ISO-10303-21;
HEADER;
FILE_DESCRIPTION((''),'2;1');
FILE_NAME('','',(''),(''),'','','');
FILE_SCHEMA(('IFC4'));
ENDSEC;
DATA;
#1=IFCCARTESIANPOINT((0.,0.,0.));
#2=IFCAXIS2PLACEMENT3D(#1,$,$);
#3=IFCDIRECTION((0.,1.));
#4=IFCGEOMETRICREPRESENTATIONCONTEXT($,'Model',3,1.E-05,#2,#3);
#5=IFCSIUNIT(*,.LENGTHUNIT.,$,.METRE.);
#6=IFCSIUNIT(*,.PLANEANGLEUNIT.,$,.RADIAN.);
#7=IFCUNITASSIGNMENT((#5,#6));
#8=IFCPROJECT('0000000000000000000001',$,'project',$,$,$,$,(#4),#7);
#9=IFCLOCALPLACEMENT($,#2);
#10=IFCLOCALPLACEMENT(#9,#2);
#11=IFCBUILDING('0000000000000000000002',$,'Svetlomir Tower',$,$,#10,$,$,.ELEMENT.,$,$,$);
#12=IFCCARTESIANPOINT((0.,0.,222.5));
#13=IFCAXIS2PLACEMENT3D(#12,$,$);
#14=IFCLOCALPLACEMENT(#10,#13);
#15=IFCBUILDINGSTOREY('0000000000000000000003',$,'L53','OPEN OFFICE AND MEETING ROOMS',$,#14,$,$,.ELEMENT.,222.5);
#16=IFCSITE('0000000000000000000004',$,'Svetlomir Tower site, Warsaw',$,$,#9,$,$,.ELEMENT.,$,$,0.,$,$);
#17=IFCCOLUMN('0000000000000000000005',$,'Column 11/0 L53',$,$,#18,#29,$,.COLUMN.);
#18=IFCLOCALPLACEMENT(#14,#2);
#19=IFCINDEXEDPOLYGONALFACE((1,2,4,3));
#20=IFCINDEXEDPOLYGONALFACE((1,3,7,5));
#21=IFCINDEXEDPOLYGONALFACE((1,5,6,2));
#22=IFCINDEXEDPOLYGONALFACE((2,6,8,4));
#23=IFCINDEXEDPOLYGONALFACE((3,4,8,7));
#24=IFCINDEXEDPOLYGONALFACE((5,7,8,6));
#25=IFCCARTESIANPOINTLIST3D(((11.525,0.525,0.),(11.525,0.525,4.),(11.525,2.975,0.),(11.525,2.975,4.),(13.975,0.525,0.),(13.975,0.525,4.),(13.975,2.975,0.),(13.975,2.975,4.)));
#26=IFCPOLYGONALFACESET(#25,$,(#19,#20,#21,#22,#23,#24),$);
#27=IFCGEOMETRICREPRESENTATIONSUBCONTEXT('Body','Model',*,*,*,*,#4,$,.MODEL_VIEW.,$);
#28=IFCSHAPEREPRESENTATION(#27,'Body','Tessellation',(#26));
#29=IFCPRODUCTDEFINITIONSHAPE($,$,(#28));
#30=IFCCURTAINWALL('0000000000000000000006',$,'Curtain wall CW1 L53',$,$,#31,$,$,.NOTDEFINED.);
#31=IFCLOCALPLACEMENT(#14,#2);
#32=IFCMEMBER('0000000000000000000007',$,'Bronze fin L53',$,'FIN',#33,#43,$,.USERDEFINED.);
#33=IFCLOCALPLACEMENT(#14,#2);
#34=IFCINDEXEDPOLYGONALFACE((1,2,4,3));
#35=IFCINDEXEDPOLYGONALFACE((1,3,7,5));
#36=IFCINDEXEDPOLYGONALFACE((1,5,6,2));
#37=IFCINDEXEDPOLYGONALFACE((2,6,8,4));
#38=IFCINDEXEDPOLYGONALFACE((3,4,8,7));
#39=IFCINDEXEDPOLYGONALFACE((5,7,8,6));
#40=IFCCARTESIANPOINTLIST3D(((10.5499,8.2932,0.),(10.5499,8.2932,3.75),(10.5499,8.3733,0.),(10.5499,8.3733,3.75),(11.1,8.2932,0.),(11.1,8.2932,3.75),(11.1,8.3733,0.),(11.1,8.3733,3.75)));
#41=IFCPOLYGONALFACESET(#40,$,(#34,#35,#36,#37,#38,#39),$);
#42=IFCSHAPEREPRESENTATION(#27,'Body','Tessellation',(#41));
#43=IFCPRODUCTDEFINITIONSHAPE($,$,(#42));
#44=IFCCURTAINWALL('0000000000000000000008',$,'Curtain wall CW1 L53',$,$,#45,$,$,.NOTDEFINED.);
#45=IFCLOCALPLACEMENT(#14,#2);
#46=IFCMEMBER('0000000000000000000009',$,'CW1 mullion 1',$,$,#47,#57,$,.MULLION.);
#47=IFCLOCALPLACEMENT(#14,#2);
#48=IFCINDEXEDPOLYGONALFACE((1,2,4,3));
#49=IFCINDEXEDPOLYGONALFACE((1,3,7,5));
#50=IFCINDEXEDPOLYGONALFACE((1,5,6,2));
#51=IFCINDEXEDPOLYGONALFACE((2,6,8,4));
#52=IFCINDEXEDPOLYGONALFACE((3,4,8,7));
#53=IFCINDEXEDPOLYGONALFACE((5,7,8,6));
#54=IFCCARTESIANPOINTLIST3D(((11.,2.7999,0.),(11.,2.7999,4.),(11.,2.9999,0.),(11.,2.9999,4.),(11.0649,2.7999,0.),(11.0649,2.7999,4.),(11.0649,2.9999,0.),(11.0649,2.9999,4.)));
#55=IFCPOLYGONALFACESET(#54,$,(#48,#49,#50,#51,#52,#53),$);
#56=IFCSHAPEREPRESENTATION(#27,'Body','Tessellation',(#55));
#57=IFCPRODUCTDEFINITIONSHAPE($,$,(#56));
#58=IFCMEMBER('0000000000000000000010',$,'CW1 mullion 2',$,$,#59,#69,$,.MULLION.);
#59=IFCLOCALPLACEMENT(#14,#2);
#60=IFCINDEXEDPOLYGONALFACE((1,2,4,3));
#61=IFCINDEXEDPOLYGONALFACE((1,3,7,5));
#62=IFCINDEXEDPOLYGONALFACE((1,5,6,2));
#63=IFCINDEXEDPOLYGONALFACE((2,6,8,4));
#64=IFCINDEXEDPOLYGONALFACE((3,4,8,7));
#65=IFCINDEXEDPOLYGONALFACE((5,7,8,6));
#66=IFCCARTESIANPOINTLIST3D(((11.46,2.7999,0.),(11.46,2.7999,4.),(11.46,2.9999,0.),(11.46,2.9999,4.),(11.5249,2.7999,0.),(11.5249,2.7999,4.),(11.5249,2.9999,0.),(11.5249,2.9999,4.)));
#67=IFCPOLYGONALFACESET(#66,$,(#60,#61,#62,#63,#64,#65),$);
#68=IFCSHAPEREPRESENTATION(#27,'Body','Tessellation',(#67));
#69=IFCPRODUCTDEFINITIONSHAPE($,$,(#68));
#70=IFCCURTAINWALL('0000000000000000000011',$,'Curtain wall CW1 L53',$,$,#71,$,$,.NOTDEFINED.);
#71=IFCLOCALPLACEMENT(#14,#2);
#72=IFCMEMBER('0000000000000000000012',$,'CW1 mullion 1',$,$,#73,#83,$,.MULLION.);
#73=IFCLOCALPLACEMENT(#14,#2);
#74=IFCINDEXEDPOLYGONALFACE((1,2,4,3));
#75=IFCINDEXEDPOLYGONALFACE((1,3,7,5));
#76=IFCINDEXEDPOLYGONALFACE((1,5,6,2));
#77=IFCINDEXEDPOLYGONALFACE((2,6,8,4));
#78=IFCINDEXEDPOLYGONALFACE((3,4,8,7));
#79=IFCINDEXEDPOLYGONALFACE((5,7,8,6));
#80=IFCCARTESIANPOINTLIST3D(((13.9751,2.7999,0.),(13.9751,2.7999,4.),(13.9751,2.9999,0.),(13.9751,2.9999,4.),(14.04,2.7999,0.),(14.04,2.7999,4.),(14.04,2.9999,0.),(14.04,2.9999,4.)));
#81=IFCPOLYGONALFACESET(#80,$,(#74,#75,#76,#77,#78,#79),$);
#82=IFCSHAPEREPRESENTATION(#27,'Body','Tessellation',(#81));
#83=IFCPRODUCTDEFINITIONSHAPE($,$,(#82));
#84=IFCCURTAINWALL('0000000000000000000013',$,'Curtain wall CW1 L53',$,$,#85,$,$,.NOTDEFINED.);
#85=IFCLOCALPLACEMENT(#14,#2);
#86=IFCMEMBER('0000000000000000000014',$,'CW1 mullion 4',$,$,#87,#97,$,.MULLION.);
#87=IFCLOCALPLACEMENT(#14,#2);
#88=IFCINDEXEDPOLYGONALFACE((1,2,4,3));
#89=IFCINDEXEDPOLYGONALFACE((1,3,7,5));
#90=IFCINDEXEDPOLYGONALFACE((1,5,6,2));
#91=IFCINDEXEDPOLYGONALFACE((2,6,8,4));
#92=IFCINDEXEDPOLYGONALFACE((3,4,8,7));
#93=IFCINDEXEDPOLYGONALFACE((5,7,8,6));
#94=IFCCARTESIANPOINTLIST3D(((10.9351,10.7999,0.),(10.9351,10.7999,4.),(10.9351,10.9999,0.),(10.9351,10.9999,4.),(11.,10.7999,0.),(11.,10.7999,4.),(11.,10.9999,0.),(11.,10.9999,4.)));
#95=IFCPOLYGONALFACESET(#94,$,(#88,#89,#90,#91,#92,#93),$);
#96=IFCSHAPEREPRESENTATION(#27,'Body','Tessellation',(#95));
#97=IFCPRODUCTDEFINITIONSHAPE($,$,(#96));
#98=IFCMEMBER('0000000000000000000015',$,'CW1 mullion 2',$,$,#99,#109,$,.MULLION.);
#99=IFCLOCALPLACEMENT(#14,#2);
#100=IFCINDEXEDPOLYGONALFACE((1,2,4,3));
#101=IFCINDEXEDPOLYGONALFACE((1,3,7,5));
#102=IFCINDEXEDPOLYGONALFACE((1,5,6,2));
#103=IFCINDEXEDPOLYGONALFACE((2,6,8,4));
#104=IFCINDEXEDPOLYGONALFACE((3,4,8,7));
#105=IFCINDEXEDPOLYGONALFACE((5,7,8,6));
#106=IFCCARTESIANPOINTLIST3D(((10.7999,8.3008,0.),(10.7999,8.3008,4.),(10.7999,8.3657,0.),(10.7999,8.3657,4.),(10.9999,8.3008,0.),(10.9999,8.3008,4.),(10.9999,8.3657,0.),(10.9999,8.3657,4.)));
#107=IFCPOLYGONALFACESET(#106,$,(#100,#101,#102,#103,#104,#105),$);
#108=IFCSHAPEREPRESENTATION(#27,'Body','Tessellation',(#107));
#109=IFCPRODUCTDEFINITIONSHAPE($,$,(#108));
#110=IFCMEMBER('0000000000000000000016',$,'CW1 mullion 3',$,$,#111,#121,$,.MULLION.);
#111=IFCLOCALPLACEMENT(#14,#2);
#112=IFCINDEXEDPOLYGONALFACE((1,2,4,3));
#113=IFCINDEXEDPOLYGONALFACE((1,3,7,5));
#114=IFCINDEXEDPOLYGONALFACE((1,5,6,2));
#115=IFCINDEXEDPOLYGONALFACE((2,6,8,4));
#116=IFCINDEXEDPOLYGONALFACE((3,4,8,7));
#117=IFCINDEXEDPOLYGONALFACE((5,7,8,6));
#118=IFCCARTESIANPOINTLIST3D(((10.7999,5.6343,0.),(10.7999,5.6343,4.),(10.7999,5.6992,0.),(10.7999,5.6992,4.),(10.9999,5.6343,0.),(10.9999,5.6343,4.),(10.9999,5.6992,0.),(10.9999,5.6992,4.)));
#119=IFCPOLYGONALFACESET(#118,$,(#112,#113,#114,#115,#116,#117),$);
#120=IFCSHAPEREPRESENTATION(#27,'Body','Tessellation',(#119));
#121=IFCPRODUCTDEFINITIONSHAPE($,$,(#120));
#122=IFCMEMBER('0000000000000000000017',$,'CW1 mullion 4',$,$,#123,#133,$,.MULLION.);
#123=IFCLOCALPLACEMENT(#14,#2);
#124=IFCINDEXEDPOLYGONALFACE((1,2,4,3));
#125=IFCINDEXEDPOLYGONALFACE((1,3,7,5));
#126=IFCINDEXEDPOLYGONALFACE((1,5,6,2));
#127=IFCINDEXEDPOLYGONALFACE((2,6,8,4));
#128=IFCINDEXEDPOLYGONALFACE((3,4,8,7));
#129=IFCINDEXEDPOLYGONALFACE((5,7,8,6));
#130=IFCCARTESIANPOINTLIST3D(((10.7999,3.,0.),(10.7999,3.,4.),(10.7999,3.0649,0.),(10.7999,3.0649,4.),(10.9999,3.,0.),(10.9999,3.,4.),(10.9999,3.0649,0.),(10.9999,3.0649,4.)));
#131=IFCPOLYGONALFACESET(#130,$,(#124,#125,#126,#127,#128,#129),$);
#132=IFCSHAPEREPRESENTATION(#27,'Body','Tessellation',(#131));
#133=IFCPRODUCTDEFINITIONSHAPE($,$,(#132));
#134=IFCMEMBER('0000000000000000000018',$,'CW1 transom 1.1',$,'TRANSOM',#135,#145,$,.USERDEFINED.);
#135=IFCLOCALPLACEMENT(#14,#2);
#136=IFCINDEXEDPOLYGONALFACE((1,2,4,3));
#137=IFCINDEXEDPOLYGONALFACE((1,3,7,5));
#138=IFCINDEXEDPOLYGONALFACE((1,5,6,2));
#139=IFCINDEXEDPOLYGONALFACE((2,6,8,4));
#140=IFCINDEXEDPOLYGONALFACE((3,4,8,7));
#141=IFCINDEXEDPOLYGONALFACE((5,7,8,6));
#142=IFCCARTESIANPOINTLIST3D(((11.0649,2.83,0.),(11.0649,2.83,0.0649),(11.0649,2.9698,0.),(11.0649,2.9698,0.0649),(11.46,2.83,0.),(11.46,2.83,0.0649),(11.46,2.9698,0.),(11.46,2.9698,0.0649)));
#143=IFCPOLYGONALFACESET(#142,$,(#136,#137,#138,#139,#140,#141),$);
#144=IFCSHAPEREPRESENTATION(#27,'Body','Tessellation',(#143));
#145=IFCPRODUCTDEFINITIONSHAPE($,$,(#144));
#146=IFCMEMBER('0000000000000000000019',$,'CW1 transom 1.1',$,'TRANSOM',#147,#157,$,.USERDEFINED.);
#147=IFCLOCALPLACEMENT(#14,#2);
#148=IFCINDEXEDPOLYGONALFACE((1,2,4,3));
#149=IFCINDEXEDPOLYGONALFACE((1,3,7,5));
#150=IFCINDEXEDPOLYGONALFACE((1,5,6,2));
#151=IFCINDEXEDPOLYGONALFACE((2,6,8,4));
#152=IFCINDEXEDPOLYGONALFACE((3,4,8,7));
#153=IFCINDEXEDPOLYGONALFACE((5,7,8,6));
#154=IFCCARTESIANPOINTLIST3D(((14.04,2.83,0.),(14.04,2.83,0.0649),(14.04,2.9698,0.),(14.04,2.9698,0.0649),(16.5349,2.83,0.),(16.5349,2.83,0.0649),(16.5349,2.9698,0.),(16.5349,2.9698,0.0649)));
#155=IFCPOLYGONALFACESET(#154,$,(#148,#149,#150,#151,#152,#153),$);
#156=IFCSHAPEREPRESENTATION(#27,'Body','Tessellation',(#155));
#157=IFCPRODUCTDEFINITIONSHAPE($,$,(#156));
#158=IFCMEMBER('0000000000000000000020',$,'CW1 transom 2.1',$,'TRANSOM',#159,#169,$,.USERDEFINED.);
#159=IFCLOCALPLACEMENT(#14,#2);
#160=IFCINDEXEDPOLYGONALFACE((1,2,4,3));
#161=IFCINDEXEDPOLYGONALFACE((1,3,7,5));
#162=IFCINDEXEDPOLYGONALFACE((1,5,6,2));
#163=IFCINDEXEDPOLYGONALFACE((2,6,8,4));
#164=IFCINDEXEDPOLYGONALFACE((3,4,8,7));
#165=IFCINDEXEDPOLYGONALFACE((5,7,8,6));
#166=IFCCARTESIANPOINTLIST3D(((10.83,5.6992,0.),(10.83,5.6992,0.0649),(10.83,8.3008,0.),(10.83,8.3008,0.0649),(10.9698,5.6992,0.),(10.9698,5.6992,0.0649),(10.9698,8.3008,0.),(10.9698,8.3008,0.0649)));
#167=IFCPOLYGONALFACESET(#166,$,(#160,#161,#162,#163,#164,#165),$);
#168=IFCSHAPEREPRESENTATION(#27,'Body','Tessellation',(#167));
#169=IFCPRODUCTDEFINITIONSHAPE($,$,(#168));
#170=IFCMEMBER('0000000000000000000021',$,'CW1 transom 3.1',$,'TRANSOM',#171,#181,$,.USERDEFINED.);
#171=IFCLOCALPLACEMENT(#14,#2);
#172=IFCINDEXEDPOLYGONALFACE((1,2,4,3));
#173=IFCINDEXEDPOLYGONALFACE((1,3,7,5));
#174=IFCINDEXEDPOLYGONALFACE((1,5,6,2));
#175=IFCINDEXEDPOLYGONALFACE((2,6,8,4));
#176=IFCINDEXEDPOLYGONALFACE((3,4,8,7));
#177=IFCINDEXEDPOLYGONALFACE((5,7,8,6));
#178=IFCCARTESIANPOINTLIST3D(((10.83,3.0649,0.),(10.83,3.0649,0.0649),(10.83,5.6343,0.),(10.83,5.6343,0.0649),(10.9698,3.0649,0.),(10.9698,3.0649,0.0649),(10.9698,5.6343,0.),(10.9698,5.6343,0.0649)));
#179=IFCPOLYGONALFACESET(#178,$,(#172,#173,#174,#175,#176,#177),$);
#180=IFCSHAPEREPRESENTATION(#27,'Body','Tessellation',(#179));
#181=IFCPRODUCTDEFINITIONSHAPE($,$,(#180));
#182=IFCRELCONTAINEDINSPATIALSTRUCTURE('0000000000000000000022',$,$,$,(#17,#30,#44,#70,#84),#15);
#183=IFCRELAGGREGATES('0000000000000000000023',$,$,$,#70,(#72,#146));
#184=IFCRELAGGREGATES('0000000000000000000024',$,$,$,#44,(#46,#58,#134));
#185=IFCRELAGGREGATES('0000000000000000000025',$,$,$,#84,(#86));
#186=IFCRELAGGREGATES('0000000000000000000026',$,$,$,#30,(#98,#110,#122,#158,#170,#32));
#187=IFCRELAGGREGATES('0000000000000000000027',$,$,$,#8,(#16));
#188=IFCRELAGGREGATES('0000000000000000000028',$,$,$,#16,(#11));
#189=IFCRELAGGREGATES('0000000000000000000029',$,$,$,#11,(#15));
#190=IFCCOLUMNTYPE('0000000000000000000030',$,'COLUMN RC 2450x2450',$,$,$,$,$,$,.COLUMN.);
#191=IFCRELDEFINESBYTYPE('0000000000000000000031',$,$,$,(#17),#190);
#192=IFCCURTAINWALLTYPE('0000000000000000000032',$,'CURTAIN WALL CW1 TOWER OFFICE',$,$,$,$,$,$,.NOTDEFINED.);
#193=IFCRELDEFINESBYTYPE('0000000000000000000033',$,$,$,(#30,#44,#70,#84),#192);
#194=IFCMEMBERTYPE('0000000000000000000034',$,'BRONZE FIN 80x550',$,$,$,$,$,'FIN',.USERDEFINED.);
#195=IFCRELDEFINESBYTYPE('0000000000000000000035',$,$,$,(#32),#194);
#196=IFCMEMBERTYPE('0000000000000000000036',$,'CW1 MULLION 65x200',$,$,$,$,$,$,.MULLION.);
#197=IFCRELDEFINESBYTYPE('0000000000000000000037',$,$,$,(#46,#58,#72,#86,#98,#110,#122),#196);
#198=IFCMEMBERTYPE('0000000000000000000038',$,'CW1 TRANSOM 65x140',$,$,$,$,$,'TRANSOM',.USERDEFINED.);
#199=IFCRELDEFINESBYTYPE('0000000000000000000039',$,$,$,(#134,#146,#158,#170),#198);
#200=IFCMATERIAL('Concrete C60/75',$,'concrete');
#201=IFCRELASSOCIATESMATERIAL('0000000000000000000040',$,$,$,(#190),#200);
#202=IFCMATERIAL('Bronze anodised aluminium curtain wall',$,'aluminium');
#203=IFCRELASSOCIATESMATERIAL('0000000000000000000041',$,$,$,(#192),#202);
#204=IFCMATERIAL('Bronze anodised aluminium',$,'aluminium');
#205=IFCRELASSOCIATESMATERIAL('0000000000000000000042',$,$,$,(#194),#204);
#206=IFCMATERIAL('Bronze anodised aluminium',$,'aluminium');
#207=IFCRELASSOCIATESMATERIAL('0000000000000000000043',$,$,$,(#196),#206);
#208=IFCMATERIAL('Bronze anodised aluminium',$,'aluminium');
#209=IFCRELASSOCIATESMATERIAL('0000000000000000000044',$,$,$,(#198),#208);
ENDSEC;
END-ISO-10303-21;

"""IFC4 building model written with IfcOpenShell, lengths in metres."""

from ifc_helpers import new_model, si_unit, direction, frame, origin, origin_2d, place, context, subcontext, project, spatial, rectangle, extrude, material, material_profile, profile_set, type_object, element, aggregate, save


model = new_model("IFC4")

# Units and contexts
model_context = context("Model", 3, precision=1e-05, world=origin(), true_north=direction((0.0, 1.0)))
body_context = subcontext(model_context, "Body", "Model", "MODEL_VIEW")
ifc_project = project(units=[si_unit("LENGTHUNIT", "METRE"), si_unit("PLANEANGLEUNIT", "RADIAN")], contexts=[model_context])

# Site, building, storey
site_placement = place(None, origin())
site = spatial("IfcSite", under=ifc_project, at=site_placement, Name="Svetlomir Tower site, Warsaw", CompositionType="ELEMENT", RefElevation=0.0)
building_placement = place(site_placement, origin())
building = spatial("IfcBuilding", under=site, at=building_placement, Name="Svetlomir Tower", CompositionType="ELEMENT")
storey_placement = place(building_placement, frame((0.0, 0.0, 222.5)))
storey = spatial("IfcBuildingStorey", under=building, at=storey_placement, Name="L53", Description="OPEN OFFICE AND MEETING ROOMS", CompositionType="ELEMENT", Elevation=222.5)

# Column
ifc_material_1 = material(Name="Concrete C60/75", Category="concrete")
ifc_material_profile_1 = material_profile(ifc_material_1, rectangle(XDim=2.45, YDim=2.45, at=origin_2d()), Name="RC 2450x2450")
ifc_profile_set_1 = profile_set([ifc_material_profile_1], Name="Concrete C60/75")
column_type = type_object("IfcColumnType", Name="COLUMN RC 2450x2450", PredefinedType="COLUMN", material=ifc_profile_set_1)
column_placement = place(storey_placement, frame((12.75, 1.75, 0.0), z_axis=(0.0, 0.0, 1.0), x_axis=(1.0, 0.0, 0.0)))
element("IfcColumn", 1, at=column_placement, inside=storey, type_object=column_type, Name="Column 11/0 L53", PredefinedType="COLUMN", context=body_context, shape_type="SweptSolid", body=[
    extrude(rectangle(XDim=2.45, YDim=2.45, at=origin_2d()), origin(), (0.0, 0.0, 1.0), 4.0),
])

# Curtain wall, member
ifc_material_2 = material(Name="Bronze anodised aluminium curtain wall", Category="aluminium")
curtain_wall_type = type_object("IfcCurtainWallType", Name="CURTAIN WALL CW1 TOWER OFFICE", PredefinedType="NOTDEFINED", material=ifc_material_2)
curtain_wall_1_placement = place(storey_placement, origin())
curtain_wall_1 = element("IfcCurtainWall", 2, at=curtain_wall_1_placement, inside=storey, type_object=curtain_wall_type, Name="Curtain wall CW1 L53", PredefinedType="NOTDEFINED")
ifc_material_3 = material(Name="Bronze anodised aluminium", Category="aluminium")
ifc_material_profile_2 = material_profile(ifc_material_3, rectangle(XDim=0.0801, YDim=0.55, at=origin_2d()), Name="FIN 80x550")
ifc_profile_set_2 = profile_set([ifc_material_profile_2], Name="Bronze anodised aluminium 6063-T6")
member_type_1 = type_object("IfcMemberType", Name="BRONZE FIN 80x550", ElementType="FIN", PredefinedType="USERDEFINED", material=ifc_profile_set_2)
member_1_placement = place(storey_placement, frame((10.825, 8.3333, 0.0), z_axis=(0.0, 0.0, 1.0), x_axis=(0.0, 1.0, 0.0)))
member_1 = element("IfcMember", 3, at=member_1_placement, type_object=member_type_1, Name="Bronze fin L53", ObjectType="FIN", PredefinedType="USERDEFINED", context=body_context, shape_type="SweptSolid", body=[
    extrude(rectangle(XDim=0.0801, YDim=0.55, at=origin_2d()), origin(), (0.0, 0.0, 1.0), 3.75),
])

# Curtain wall, members
curtain_wall_2_placement = place(storey_placement, origin())
curtain_wall_2 = element("IfcCurtainWall", 4, at=curtain_wall_2_placement, inside=storey, type_object=curtain_wall_type, Name="Curtain wall CW1 L53", PredefinedType="NOTDEFINED")
ifc_material_4 = material(Name="Bronze anodised aluminium", Category="aluminium")
ifc_material_profile_3 = material_profile(ifc_material_4, rectangle(XDim=0.0649, YDim=0.2, at=origin_2d()), Name="AL 65x200")
ifc_profile_set_3 = profile_set([ifc_material_profile_3], Name="Bronze anodised aluminium 6063-T6")
member_type_2 = type_object("IfcMemberType", Name="CW1 MULLION 65x200", PredefinedType="MULLION", material=ifc_profile_set_3)
member_2_placement = place(storey_placement, frame((11.0325, 2.8999, 0.0), z_axis=(0.0, 0.0, 1.0), x_axis=(1.0, 0.0, 0.0)))
member_2 = element("IfcMember", 5, at=member_2_placement, type_object=member_type_2, Name="CW1 mullion 1", PredefinedType="MULLION", context=body_context, shape_type="SweptSolid", body=[
    extrude(rectangle(XDim=0.0649, YDim=0.2, at=origin_2d()), origin(), (0.0, 0.0, 1.0), 4.0),
])
member_3_placement = place(storey_placement, frame((11.4924, 2.8999, 0.0), z_axis=(0.0, 0.0, 1.0), x_axis=(1.0, 0.0, 0.0)))
member_3 = element("IfcMember", 6, at=member_3_placement, type_object=member_type_2, Name="CW1 mullion 2", PredefinedType="MULLION", context=body_context, shape_type="SweptSolid", body=[
    extrude(rectangle(XDim=0.0649, YDim=0.2, at=origin_2d()), origin(), (0.0, 0.0, 1.0), 4.0),
])

# Curtain walls, members
curtain_wall_3_placement = place(storey_placement, origin())
curtain_wall_3 = element("IfcCurtainWall", 7, at=curtain_wall_3_placement, inside=storey, type_object=curtain_wall_type, Name="Curtain wall CW1 L53", PredefinedType="NOTDEFINED")
member_4_placement = place(storey_placement, frame((14.0076, 2.8999, 0.0), z_axis=(0.0, 0.0, 1.0), x_axis=(1.0, 0.0, 0.0)))
member_4 = element("IfcMember", 8, at=member_4_placement, type_object=member_type_2, Name="CW1 mullion 1", PredefinedType="MULLION", context=body_context, shape_type="SweptSolid", body=[
    extrude(rectangle(XDim=0.0649, YDim=0.2, at=origin_2d()), origin(), (0.0, 0.0, 1.0), 4.0),
])
curtain_wall_4_placement = place(storey_placement, origin())
curtain_wall_4 = element("IfcCurtainWall", 9, at=curtain_wall_4_placement, inside=storey, type_object=curtain_wall_type, Name="Curtain wall CW1 L53", PredefinedType="NOTDEFINED")
member_5_placement = place(storey_placement, frame((10.9675, 10.8999, 0.0), z_axis=(0.0, 0.0, 1.0), x_axis=(1.0, 0.0, 0.0)))
member_5 = element("IfcMember", 10, at=member_5_placement, type_object=member_type_2, Name="CW1 mullion 4", PredefinedType="MULLION", context=body_context, shape_type="SweptSolid", body=[
    extrude(rectangle(XDim=0.0649, YDim=0.2, at=origin_2d()), origin(), (0.0, 0.0, 1.0), 4.0),
])

# Members
member_6_placement = place(storey_placement, frame((10.8999, 8.3333, 0.0), z_axis=(0.0, 0.0, 1.0), x_axis=(0.0, -1.0, 0.0)))
member_6 = element("IfcMember", 11, at=member_6_placement, type_object=member_type_2, Name="CW1 mullion 2", PredefinedType="MULLION", context=body_context, shape_type="SweptSolid", body=[
    extrude(rectangle(XDim=0.0649, YDim=0.2, at=origin_2d()), origin(), (0.0, 0.0, 1.0), 4.0),
])
member_7_placement = place(storey_placement, frame((10.8999, 5.6667, 0.0), z_axis=(0.0, 0.0, 1.0), x_axis=(0.0, -1.0, 0.0)))
member_7 = element("IfcMember", 12, at=member_7_placement, type_object=member_type_2, Name="CW1 mullion 3", PredefinedType="MULLION", context=body_context, shape_type="SweptSolid", body=[
    extrude(rectangle(XDim=0.0649, YDim=0.2, at=origin_2d()), origin(), (0.0, 0.0, 1.0), 4.0),
])
member_8_placement = place(storey_placement, frame((10.8999, 3.0325, 0.0), z_axis=(0.0, 0.0, 1.0), x_axis=(0.0, -1.0, 0.0)))
member_8 = element("IfcMember", 13, at=member_8_placement, type_object=member_type_2, Name="CW1 mullion 4", PredefinedType="MULLION", context=body_context, shape_type="SweptSolid", body=[
    extrude(rectangle(XDim=0.0649, YDim=0.2, at=origin_2d()), origin(), (0.0, 0.0, 1.0), 4.0),
])
ifc_material_5 = material(Name="Bronze anodised aluminium", Category="aluminium")
ifc_material_profile_4 = material_profile(ifc_material_5, rectangle(XDim=0.1399, YDim=0.0649, at=origin_2d()), Name="AL 140x65")
ifc_profile_set_4 = profile_set([ifc_material_profile_4], Name="Bronze anodised aluminium 6063-T6")
member_type_3 = type_object("IfcMemberType", Name="CW1 TRANSOM 65x140", ElementType="TRANSOM", PredefinedType="USERDEFINED", material=ifc_profile_set_4)
member_9_placement = place(storey_placement, frame((11.0649, 2.8999, 0.0325), z_axis=(1.0, 0.0, 0.0), x_axis=(0.0, 1.0, 0.0)))
member_9 = element("IfcMember", 14, at=member_9_placement, type_object=member_type_3, Name="CW1 transom 1.1", ObjectType="TRANSOM", PredefinedType="USERDEFINED", context=body_context, shape_type="SweptSolid", body=[
    extrude(rectangle(XDim=0.1399, YDim=0.0649, at=origin_2d()), origin(), (0.0, 0.0, 1.0), 0.395),
])
member_10_placement = place(storey_placement, frame((14.04, 2.8999, 0.0325), z_axis=(1.0, 0.0, 0.0), x_axis=(0.0, 1.0, 0.0)))
member_10 = element("IfcMember", 15, at=member_10_placement, type_object=member_type_3, Name="CW1 transom 1.1", ObjectType="TRANSOM", PredefinedType="USERDEFINED", context=body_context, shape_type="SweptSolid", body=[
    extrude(rectangle(XDim=0.1399, YDim=0.0649, at=origin_2d()), origin(), (0.0, 0.0, 1.0), 2.4949),
])
aggregate(curtain_wall_3, [member_4, member_10])
member_11_placement = place(storey_placement, frame((10.8999, 8.3008, 0.0325), z_axis=(0.0, -1.0, 0.0), x_axis=(1.0, 0.0, 0.0)))
member_11 = element("IfcMember", 16, at=member_11_placement, type_object=member_type_3, Name="CW1 transom 2.1", ObjectType="TRANSOM", PredefinedType="USERDEFINED", context=body_context, shape_type="SweptSolid", body=[
    extrude(rectangle(XDim=0.1399, YDim=0.0649, at=origin_2d()), origin(), (0.0, 0.0, 1.0), 2.6016),
])
member_12_placement = place(storey_placement, frame((10.8999, 5.6343, 0.0325), z_axis=(0.0, -1.0, 0.0), x_axis=(1.0, 0.0, 0.0)))
member_12 = element("IfcMember", 17, at=member_12_placement, type_object=member_type_3, Name="CW1 transom 3.1", ObjectType="TRANSOM", PredefinedType="USERDEFINED", context=body_context, shape_type="SweptSolid", body=[
    extrude(rectangle(XDim=0.1399, YDim=0.0649, at=origin_2d()), origin(), (0.0, 0.0, 1.0), 2.5693),
])

aggregate(curtain_wall_2, [member_2, member_3, member_9])
aggregate(curtain_wall_4, [member_5])
aggregate(curtain_wall_1, [member_6, member_7, member_8, member_11, member_12, member_1])

save(model, "model.ifc")
